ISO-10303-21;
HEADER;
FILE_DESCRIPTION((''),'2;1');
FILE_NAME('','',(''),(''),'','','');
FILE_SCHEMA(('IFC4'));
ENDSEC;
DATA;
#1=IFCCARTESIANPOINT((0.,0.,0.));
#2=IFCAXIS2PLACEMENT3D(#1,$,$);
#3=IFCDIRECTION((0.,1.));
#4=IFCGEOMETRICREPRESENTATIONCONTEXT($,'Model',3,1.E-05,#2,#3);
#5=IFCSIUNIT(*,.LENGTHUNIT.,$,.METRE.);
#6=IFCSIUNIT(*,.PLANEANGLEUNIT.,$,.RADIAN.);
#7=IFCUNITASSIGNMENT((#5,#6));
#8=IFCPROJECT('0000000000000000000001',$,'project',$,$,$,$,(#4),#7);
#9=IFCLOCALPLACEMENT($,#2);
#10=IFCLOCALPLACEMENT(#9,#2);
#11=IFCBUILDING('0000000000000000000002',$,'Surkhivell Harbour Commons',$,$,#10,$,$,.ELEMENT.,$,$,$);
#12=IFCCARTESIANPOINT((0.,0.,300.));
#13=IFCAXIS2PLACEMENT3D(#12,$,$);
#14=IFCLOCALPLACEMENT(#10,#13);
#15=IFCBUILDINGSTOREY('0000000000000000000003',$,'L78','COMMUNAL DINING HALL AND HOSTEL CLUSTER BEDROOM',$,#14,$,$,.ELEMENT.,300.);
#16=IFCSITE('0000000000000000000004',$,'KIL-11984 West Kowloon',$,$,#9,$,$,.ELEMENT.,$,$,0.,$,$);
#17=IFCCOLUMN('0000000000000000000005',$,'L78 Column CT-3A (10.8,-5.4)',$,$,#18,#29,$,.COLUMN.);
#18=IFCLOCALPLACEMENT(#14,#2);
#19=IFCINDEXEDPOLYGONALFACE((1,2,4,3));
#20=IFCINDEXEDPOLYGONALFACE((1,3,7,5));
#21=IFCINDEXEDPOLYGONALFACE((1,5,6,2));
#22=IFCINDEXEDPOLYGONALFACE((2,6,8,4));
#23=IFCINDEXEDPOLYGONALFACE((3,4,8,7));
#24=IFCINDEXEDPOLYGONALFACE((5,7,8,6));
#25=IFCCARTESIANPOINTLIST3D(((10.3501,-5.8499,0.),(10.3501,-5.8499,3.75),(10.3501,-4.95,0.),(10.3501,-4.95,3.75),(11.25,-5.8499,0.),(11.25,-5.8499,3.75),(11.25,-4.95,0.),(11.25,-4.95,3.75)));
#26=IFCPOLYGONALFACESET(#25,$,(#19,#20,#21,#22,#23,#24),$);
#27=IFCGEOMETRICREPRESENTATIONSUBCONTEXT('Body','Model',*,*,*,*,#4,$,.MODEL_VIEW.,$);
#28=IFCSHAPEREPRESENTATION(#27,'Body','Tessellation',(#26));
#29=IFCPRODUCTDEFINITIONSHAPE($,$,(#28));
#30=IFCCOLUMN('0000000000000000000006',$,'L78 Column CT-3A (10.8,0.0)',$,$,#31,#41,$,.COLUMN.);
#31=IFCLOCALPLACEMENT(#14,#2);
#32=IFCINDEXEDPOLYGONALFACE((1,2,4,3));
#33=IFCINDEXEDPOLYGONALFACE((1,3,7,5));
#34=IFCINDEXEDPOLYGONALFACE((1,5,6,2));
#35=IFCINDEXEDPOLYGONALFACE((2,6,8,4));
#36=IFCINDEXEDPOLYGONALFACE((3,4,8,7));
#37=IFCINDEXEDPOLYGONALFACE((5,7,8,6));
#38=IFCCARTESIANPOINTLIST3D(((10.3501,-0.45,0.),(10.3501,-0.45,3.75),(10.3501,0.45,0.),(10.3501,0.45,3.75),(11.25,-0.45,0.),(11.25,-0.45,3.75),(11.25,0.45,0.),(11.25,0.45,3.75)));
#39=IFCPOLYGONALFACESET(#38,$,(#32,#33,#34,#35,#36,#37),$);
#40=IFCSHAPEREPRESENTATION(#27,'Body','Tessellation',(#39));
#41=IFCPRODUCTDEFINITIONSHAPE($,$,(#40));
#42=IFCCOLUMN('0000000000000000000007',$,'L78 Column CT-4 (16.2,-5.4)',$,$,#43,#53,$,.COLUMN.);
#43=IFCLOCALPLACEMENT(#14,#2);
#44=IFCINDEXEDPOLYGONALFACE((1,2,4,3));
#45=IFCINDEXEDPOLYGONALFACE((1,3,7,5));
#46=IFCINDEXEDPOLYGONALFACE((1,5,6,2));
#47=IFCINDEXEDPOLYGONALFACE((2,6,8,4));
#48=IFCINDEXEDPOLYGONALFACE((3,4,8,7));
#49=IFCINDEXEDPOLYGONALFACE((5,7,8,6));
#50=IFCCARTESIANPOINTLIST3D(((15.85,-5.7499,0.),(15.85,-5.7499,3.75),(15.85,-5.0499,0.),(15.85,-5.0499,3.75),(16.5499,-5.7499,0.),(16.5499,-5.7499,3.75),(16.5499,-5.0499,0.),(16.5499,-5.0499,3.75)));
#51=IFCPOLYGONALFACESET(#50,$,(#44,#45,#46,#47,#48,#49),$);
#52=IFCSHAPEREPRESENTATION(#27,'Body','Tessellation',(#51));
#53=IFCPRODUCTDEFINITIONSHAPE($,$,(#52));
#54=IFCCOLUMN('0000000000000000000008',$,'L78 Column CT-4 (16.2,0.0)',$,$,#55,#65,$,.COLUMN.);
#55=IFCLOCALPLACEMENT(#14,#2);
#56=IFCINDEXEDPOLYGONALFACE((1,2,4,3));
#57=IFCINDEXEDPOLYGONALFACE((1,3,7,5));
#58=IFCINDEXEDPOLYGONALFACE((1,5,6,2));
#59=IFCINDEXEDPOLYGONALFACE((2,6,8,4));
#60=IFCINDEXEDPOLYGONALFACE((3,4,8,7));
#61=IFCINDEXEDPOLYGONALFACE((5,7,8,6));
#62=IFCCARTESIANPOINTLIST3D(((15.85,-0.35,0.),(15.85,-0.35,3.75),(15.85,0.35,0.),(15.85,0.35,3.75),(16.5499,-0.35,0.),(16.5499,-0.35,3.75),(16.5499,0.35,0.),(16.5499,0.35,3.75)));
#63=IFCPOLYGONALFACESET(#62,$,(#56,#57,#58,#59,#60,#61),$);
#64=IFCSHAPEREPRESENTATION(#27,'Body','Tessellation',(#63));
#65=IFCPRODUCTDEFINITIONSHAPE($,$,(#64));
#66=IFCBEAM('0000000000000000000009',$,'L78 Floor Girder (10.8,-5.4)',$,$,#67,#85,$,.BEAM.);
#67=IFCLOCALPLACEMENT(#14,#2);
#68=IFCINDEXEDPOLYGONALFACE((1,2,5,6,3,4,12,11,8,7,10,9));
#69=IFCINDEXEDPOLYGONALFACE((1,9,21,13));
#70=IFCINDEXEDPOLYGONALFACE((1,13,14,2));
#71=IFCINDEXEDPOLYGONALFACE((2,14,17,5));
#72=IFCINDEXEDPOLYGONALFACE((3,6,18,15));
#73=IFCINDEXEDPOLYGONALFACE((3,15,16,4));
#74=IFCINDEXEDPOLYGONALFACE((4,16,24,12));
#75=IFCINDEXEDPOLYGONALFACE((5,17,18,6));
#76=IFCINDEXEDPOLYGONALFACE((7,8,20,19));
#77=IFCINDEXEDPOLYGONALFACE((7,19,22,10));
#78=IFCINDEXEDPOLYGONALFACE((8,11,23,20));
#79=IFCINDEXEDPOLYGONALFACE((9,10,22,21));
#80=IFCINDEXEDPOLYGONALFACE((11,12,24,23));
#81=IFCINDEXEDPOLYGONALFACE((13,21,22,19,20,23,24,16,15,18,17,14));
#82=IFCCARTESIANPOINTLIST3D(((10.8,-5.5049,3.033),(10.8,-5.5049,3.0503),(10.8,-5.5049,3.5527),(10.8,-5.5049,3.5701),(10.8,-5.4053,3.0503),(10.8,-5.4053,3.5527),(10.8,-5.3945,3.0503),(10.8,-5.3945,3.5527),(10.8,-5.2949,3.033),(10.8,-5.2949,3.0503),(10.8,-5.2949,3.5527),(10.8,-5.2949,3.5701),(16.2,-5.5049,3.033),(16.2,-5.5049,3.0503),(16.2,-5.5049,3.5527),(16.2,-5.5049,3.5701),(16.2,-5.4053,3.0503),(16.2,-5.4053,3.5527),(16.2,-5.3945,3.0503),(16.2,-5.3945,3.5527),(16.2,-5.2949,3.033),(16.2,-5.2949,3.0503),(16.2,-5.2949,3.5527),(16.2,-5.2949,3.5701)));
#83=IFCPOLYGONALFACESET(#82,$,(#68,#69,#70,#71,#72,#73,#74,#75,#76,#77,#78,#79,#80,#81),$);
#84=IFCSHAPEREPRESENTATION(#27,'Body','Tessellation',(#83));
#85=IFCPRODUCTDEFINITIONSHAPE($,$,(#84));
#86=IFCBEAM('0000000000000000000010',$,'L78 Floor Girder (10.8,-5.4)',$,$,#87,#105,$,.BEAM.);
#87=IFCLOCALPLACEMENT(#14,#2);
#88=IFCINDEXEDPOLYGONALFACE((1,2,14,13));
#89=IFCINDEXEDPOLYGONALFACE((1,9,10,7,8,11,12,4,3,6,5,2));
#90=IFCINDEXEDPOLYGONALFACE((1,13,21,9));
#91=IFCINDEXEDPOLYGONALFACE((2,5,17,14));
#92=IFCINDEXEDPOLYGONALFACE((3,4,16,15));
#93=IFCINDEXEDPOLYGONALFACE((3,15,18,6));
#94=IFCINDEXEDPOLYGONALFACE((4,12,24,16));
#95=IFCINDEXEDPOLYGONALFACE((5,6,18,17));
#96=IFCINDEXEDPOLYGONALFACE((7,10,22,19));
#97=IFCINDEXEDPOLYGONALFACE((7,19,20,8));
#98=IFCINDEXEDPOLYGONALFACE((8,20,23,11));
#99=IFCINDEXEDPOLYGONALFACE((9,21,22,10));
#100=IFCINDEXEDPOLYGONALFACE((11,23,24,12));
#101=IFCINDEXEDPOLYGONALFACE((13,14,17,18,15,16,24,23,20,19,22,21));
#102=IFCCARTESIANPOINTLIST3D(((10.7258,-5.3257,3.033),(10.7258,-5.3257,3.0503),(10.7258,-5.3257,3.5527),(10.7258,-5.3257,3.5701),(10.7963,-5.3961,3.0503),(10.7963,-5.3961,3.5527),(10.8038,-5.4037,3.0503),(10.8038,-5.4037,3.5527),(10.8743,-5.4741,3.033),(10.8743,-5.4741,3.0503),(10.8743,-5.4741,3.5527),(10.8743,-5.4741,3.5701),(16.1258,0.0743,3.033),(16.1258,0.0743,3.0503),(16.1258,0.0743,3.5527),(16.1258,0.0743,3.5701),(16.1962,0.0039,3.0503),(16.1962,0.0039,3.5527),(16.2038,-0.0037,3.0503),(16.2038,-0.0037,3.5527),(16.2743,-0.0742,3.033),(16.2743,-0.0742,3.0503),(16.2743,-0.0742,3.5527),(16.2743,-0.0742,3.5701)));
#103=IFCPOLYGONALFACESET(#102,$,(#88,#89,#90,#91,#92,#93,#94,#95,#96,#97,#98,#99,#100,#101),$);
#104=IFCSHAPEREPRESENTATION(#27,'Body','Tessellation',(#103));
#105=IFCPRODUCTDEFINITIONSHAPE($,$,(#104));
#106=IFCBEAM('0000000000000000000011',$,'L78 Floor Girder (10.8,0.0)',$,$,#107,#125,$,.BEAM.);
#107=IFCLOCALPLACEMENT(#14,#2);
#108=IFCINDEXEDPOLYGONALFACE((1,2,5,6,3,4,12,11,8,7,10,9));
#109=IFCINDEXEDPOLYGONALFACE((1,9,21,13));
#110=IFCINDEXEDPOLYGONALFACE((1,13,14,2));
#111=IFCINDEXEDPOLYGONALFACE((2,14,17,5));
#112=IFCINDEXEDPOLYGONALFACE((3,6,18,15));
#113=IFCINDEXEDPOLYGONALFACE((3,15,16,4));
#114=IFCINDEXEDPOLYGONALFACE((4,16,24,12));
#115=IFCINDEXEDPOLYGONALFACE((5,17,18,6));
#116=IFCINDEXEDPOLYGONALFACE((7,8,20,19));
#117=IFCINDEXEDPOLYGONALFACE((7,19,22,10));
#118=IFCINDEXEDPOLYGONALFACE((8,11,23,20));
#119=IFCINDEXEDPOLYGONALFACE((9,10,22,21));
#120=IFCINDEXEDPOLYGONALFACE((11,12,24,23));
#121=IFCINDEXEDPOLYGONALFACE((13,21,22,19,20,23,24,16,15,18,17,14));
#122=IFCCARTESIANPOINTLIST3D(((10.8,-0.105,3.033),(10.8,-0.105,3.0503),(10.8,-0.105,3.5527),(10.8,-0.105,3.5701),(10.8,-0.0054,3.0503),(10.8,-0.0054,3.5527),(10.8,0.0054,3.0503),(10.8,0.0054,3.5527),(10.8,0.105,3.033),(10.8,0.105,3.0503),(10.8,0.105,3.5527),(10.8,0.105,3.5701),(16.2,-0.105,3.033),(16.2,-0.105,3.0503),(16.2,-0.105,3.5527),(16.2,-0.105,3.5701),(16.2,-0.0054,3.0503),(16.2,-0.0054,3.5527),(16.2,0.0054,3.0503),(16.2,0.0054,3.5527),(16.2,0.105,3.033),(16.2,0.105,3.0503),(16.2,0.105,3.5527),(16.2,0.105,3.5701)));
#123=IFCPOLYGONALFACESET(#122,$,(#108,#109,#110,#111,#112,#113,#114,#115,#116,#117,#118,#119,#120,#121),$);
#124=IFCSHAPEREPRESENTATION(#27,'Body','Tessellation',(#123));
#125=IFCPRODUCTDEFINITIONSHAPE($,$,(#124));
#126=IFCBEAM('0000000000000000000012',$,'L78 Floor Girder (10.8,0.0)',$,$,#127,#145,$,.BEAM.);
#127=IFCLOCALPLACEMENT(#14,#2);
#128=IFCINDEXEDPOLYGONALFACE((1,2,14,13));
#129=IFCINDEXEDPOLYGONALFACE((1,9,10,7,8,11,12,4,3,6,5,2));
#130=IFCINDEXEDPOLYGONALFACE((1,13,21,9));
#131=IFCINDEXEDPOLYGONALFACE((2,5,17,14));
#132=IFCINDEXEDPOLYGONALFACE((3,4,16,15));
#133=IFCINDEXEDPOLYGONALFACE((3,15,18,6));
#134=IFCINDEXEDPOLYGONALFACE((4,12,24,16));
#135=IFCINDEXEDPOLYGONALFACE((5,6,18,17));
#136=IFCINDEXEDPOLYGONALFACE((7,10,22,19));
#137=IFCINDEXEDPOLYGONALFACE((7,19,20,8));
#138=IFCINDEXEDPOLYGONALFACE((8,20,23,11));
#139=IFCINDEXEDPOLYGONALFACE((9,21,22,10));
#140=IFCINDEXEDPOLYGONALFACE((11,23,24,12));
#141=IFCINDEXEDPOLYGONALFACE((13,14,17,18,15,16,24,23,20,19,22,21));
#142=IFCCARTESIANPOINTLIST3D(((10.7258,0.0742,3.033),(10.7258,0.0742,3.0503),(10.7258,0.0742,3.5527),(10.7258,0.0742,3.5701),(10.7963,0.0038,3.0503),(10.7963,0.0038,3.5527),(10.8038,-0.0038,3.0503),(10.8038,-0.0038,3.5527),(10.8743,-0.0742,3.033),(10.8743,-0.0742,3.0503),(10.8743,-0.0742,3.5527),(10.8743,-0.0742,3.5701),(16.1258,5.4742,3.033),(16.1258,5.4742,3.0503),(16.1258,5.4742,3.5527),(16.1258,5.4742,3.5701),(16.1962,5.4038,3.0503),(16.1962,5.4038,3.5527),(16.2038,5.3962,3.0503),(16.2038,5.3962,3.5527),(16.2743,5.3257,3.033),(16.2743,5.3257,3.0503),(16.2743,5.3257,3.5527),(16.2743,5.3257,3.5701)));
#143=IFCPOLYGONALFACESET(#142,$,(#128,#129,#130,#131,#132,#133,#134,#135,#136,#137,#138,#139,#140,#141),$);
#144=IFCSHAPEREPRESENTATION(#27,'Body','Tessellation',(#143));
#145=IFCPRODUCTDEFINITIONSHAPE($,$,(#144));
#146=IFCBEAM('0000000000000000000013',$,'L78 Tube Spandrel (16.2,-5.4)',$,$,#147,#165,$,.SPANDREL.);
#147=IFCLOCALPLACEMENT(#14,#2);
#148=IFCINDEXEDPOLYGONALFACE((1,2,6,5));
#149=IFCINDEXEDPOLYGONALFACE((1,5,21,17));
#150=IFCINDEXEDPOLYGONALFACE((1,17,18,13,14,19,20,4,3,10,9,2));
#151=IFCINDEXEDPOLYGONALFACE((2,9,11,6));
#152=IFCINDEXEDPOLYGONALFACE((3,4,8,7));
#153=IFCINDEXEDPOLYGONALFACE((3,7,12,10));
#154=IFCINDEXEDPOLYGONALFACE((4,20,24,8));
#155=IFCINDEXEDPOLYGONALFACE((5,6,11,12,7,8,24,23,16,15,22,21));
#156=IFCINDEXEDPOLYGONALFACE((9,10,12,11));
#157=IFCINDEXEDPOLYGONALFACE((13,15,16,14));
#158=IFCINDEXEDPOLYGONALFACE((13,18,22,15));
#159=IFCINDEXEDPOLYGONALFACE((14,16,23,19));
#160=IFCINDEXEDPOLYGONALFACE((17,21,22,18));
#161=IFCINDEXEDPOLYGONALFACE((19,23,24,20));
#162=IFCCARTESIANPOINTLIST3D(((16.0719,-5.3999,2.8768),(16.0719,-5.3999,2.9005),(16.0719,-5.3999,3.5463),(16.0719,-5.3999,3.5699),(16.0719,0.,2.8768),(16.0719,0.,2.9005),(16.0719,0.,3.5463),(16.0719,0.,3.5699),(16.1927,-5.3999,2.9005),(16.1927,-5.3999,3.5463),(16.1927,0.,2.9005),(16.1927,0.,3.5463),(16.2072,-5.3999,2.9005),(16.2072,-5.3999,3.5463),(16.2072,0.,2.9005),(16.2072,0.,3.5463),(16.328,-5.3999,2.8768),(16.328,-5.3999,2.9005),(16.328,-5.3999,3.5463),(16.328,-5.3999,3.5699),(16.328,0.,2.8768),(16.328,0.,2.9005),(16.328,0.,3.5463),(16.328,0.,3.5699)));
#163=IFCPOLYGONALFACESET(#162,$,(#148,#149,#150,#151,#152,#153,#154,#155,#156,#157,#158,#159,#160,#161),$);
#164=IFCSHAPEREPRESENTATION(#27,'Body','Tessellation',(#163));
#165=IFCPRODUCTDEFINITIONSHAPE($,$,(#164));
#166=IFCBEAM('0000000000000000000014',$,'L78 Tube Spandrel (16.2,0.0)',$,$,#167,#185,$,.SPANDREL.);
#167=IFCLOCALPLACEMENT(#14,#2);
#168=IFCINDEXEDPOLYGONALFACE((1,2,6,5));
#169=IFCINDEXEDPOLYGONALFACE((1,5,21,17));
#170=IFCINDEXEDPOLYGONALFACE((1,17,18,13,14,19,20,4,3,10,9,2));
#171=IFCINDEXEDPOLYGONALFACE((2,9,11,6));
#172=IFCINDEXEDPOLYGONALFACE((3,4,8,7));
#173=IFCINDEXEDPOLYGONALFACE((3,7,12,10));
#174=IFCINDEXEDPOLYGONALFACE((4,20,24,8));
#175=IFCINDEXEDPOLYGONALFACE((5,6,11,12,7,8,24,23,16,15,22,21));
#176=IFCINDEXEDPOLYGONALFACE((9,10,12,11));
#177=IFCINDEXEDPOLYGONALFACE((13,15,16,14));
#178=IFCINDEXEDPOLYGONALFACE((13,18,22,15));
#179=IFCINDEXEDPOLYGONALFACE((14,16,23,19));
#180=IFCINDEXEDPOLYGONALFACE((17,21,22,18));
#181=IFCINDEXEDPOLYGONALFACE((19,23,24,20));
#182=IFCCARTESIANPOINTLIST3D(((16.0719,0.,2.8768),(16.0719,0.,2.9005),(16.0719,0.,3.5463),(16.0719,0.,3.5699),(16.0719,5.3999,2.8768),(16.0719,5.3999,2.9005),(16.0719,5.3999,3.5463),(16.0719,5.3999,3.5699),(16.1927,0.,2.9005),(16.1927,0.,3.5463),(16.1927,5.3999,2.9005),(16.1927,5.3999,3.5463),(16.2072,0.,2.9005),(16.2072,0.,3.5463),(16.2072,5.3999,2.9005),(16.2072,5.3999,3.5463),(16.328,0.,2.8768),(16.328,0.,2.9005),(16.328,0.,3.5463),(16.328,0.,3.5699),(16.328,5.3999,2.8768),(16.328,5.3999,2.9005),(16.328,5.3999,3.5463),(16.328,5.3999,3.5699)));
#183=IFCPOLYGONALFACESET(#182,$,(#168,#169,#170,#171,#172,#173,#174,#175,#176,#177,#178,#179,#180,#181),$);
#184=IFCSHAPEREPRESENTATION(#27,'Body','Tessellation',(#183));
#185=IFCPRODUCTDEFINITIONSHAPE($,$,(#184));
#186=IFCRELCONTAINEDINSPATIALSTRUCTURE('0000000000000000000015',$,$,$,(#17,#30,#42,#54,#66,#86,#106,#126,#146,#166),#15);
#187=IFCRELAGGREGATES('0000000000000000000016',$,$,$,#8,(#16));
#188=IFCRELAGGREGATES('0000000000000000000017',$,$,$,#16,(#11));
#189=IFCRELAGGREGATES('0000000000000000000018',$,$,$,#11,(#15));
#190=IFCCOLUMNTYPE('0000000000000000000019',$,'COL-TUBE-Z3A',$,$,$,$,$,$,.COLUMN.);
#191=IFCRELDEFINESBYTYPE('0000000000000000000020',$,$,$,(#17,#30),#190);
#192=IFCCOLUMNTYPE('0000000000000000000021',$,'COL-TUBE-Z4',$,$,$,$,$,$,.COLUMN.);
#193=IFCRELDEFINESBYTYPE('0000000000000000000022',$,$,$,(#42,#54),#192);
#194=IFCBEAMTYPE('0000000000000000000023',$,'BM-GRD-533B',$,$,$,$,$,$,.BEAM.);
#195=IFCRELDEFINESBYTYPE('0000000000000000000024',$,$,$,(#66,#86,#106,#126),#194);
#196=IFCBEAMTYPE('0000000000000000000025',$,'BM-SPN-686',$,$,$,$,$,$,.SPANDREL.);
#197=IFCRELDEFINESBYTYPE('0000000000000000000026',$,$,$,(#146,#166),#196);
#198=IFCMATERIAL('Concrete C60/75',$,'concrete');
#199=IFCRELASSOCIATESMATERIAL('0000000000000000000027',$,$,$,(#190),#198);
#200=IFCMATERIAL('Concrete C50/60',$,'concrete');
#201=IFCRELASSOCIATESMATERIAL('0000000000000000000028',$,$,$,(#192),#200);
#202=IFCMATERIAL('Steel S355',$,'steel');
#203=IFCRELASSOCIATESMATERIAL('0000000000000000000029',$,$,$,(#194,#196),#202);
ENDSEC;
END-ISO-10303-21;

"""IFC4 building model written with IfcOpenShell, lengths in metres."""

from ifc_helpers import new_model, si_unit, direction, frame, origin, origin_2d, place, context, subcontext, project, spatial, rectangle, i_section, extrude, material, material_profile, profile_set, type_object, element, save


model = new_model("IFC4")

# Units and contexts
model_context = context("Model", 3, precision=1e-05, world=origin(), true_north=direction((0.0, 1.0)))
body_context = subcontext(model_context, "Body", "Model", "MODEL_VIEW")
ifc_project = project(units=[si_unit("LENGTHUNIT", "METRE"), si_unit("PLANEANGLEUNIT", "RADIAN")], contexts=[model_context])

# Site, building, storey
site_placement = place(None, origin())
site = spatial("IfcSite", under=ifc_project, at=site_placement, Name="KIL-11984 West Kowloon", CompositionType="ELEMENT", RefElevation=0.0)
building_placement = place(site_placement, origin())
building = spatial("IfcBuilding", under=site, at=building_placement, Name="Surkhivell Harbour Commons", CompositionType="ELEMENT")
storey_placement = place(building_placement, frame((0.0, 0.0, 300.0)))
storey = spatial("IfcBuildingStorey", under=building, at=storey_placement, Name="L78", Description="COMMUNAL DINING HALL AND HOSTEL CLUSTER BEDROOM", CompositionType="ELEMENT", Elevation=300.0)

# Columns
ifc_material_1 = material(Name="Concrete C60/75", Category="concrete")
ifc_material_profile_1 = material_profile(ifc_material_1, rectangle(XDim=0.8999, YDim=0.8999, at=origin_2d()), Name="RC-COL-900x900")
ifc_profile_set_1 = profile_set([ifc_material_profile_1], Name="Concrete C60/75")
column_type_1 = type_object("IfcColumnType", Name="COL-TUBE-Z3A", PredefinedType="COLUMN", material=ifc_profile_set_1)
for number, where, z_axis, x_axis, name in (
    (1, (10.8, -5.3999, 0.0), (0.0, 0.0, 1.0), (1.0, 0.0, 0.0), "L78 Column CT-3A (10.8,-5.4)"),
    (2, (10.8, 0.0, 0.0), (0.0, 0.0, 1.0), (1.0, 0.0, 0.0), "L78 Column CT-3A (10.8,0.0)"),
):
    element("IfcColumn", number, at=place(storey_placement, frame(where, z_axis=z_axis, x_axis=x_axis)), inside=storey, type_object=column_type_1, Name=name, PredefinedType="COLUMN", context=body_context, shape_type="SweptSolid", body=[
        extrude(rectangle(XDim=0.8999, YDim=0.8999, at=origin_2d()), origin(), (0.0, 0.0, 1.0), 3.75),
    ])
ifc_material_2 = material(Name="Concrete C50/60", Category="concrete")
ifc_material_profile_2 = material_profile(ifc_material_2, rectangle(XDim=0.7, YDim=0.7, at=origin_2d()), Name="RC-COL-700x700")
ifc_profile_set_2 = profile_set([ifc_material_profile_2], Name="Concrete C50/60")
column_type_2 = type_object("IfcColumnType", Name="COL-TUBE-Z4", PredefinedType="COLUMN", material=ifc_profile_set_2)
for number, where, z_axis, x_axis, name in (
    (3, (16.2, -5.3999, 0.0), (0.0, 0.0, 1.0), (1.0, 0.0, 0.0), "L78 Column CT-4 (16.2,-5.4)"),
    (4, (16.2, 0.0, 0.0), (0.0, 0.0, 1.0), (1.0, 0.0, 0.0), "L78 Column CT-4 (16.2,0.0)"),
):
    element("IfcColumn", number, at=place(storey_placement, frame(where, z_axis=z_axis, x_axis=x_axis)), inside=storey, type_object=column_type_2, Name=name, PredefinedType="COLUMN", context=body_context, shape_type="SweptSolid", body=[
        extrude(rectangle(XDim=0.7, YDim=0.7, at=origin_2d()), origin(), (0.0, 0.0, 1.0), 3.75),
    ])

# Beams
ifc_material_3 = material(Name="Steel S355", Category="steel")
ifc_material_profile_3 = material_profile(ifc_material_3, i_section(OverallWidth=0.21, OverallDepth=0.5371, WebThickness=0.0107, FlangeThickness=0.0173, at=origin_2d()), Name="UB533x210x101")
ifc_profile_set_3 = profile_set([ifc_material_profile_3], Name="Steel S355")
beam_type_1 = type_object("IfcBeamType", Name="BM-GRD-533B", PredefinedType="BEAM", material=ifc_profile_set_3)
beam_1_placement = place(storey_placement, frame((10.8, -5.3999, 3.3015), z_axis=(1.0, 0.0, 0.0), x_axis=(0.0, 1.0, 0.0)))
element("IfcBeam", 5, at=beam_1_placement, inside=storey, type_object=beam_type_1, Name="L78 Floor Girder (10.8,-5.4)", PredefinedType="BEAM", context=body_context, shape_type="SweptSolid", body=[
    extrude(i_section(OverallWidth=0.21, OverallDepth=0.5371, WebThickness=0.0107, FlangeThickness=0.0173, at=origin_2d()), origin(), (0.0, 0.0, 1.0), 5.3999),
])
beam_2_placement = place(storey_placement, frame((10.8, -5.3999, 3.3015), z_axis=(0.707107, 0.707107, 0.0), x_axis=(-0.707107, 0.707107, 0.0)))
element("IfcBeam", 6, at=beam_2_placement, inside=storey, type_object=beam_type_1, Name="L78 Floor Girder (10.8,-5.4)", PredefinedType="BEAM", context=body_context, shape_type="SweptSolid", body=[
    extrude(i_section(OverallWidth=0.21, OverallDepth=0.5371, WebThickness=0.0107, FlangeThickness=0.0173, at=origin_2d()), origin(), (0.0, 0.0, 1.0), 7.6367),
])
beam_3_placement = place(storey_placement, frame((10.8, 0.0, 3.3015), z_axis=(1.0, 0.0, 0.0), x_axis=(0.0, 1.0, 0.0)))
element("IfcBeam", 7, at=beam_3_placement, inside=storey, type_object=beam_type_1, Name="L78 Floor Girder (10.8,0.0)", PredefinedType="BEAM", context=body_context, shape_type="SweptSolid", body=[
    extrude(i_section(OverallWidth=0.21, OverallDepth=0.5371, WebThickness=0.0107, FlangeThickness=0.0173, at=origin_2d()), origin(), (0.0, 0.0, 1.0), 5.3999),
])
beam_4_placement = place(storey_placement, frame((10.8, 0.0, 3.3015), z_axis=(0.707107, 0.707107, 0.0), x_axis=(-0.707107, 0.707107, 0.0)))
element("IfcBeam", 8, at=beam_4_placement, inside=storey, type_object=beam_type_1, Name="L78 Floor Girder (10.8,0.0)", PredefinedType="BEAM", context=body_context, shape_type="SweptSolid", body=[
    extrude(i_section(OverallWidth=0.21, OverallDepth=0.5371, WebThickness=0.0107, FlangeThickness=0.0173, at=origin_2d()), origin(), (0.0, 0.0, 1.0), 7.6367),
])
ifc_material_profile_4 = material_profile(ifc_material_3, i_section(OverallWidth=0.2561, OverallDepth=0.6931, WebThickness=0.0144, FlangeThickness=0.0237, at=origin_2d()), Name="UB686x254x170")
ifc_profile_set_4 = profile_set([ifc_material_profile_4], Name="Steel S355")
beam_type_2 = type_object("IfcBeamType", Name="BM-SPN-686", PredefinedType="SPANDREL", material=ifc_profile_set_4)
for number, where, z_axis, x_axis, name in (
    (9, (16.2, -5.3999, 3.2234), (0.0, 1.0, 0.0), (-1.0, 0.0, 0.0), "L78 Tube Spandrel (16.2,-5.4)"),
    (10, (16.2, 0.0, 3.2234), (0.0, 1.0, 0.0), (-1.0, 0.0, 0.0), "L78 Tube Spandrel (16.2,0.0)"),
):
    element("IfcBeam", number, at=place(storey_placement, frame(where, z_axis=z_axis, x_axis=x_axis)), inside=storey, type_object=beam_type_2, Name=name, PredefinedType="SPANDREL", context=body_context, shape_type="SweptSolid", body=[
        extrude(i_section(OverallWidth=0.2561, OverallDepth=0.6931, WebThickness=0.0144, FlangeThickness=0.0237, at=origin_2d()), origin(), (0.0, 0.0, 1.0), 5.3999),
    ])

save(model, "model.ifc")
